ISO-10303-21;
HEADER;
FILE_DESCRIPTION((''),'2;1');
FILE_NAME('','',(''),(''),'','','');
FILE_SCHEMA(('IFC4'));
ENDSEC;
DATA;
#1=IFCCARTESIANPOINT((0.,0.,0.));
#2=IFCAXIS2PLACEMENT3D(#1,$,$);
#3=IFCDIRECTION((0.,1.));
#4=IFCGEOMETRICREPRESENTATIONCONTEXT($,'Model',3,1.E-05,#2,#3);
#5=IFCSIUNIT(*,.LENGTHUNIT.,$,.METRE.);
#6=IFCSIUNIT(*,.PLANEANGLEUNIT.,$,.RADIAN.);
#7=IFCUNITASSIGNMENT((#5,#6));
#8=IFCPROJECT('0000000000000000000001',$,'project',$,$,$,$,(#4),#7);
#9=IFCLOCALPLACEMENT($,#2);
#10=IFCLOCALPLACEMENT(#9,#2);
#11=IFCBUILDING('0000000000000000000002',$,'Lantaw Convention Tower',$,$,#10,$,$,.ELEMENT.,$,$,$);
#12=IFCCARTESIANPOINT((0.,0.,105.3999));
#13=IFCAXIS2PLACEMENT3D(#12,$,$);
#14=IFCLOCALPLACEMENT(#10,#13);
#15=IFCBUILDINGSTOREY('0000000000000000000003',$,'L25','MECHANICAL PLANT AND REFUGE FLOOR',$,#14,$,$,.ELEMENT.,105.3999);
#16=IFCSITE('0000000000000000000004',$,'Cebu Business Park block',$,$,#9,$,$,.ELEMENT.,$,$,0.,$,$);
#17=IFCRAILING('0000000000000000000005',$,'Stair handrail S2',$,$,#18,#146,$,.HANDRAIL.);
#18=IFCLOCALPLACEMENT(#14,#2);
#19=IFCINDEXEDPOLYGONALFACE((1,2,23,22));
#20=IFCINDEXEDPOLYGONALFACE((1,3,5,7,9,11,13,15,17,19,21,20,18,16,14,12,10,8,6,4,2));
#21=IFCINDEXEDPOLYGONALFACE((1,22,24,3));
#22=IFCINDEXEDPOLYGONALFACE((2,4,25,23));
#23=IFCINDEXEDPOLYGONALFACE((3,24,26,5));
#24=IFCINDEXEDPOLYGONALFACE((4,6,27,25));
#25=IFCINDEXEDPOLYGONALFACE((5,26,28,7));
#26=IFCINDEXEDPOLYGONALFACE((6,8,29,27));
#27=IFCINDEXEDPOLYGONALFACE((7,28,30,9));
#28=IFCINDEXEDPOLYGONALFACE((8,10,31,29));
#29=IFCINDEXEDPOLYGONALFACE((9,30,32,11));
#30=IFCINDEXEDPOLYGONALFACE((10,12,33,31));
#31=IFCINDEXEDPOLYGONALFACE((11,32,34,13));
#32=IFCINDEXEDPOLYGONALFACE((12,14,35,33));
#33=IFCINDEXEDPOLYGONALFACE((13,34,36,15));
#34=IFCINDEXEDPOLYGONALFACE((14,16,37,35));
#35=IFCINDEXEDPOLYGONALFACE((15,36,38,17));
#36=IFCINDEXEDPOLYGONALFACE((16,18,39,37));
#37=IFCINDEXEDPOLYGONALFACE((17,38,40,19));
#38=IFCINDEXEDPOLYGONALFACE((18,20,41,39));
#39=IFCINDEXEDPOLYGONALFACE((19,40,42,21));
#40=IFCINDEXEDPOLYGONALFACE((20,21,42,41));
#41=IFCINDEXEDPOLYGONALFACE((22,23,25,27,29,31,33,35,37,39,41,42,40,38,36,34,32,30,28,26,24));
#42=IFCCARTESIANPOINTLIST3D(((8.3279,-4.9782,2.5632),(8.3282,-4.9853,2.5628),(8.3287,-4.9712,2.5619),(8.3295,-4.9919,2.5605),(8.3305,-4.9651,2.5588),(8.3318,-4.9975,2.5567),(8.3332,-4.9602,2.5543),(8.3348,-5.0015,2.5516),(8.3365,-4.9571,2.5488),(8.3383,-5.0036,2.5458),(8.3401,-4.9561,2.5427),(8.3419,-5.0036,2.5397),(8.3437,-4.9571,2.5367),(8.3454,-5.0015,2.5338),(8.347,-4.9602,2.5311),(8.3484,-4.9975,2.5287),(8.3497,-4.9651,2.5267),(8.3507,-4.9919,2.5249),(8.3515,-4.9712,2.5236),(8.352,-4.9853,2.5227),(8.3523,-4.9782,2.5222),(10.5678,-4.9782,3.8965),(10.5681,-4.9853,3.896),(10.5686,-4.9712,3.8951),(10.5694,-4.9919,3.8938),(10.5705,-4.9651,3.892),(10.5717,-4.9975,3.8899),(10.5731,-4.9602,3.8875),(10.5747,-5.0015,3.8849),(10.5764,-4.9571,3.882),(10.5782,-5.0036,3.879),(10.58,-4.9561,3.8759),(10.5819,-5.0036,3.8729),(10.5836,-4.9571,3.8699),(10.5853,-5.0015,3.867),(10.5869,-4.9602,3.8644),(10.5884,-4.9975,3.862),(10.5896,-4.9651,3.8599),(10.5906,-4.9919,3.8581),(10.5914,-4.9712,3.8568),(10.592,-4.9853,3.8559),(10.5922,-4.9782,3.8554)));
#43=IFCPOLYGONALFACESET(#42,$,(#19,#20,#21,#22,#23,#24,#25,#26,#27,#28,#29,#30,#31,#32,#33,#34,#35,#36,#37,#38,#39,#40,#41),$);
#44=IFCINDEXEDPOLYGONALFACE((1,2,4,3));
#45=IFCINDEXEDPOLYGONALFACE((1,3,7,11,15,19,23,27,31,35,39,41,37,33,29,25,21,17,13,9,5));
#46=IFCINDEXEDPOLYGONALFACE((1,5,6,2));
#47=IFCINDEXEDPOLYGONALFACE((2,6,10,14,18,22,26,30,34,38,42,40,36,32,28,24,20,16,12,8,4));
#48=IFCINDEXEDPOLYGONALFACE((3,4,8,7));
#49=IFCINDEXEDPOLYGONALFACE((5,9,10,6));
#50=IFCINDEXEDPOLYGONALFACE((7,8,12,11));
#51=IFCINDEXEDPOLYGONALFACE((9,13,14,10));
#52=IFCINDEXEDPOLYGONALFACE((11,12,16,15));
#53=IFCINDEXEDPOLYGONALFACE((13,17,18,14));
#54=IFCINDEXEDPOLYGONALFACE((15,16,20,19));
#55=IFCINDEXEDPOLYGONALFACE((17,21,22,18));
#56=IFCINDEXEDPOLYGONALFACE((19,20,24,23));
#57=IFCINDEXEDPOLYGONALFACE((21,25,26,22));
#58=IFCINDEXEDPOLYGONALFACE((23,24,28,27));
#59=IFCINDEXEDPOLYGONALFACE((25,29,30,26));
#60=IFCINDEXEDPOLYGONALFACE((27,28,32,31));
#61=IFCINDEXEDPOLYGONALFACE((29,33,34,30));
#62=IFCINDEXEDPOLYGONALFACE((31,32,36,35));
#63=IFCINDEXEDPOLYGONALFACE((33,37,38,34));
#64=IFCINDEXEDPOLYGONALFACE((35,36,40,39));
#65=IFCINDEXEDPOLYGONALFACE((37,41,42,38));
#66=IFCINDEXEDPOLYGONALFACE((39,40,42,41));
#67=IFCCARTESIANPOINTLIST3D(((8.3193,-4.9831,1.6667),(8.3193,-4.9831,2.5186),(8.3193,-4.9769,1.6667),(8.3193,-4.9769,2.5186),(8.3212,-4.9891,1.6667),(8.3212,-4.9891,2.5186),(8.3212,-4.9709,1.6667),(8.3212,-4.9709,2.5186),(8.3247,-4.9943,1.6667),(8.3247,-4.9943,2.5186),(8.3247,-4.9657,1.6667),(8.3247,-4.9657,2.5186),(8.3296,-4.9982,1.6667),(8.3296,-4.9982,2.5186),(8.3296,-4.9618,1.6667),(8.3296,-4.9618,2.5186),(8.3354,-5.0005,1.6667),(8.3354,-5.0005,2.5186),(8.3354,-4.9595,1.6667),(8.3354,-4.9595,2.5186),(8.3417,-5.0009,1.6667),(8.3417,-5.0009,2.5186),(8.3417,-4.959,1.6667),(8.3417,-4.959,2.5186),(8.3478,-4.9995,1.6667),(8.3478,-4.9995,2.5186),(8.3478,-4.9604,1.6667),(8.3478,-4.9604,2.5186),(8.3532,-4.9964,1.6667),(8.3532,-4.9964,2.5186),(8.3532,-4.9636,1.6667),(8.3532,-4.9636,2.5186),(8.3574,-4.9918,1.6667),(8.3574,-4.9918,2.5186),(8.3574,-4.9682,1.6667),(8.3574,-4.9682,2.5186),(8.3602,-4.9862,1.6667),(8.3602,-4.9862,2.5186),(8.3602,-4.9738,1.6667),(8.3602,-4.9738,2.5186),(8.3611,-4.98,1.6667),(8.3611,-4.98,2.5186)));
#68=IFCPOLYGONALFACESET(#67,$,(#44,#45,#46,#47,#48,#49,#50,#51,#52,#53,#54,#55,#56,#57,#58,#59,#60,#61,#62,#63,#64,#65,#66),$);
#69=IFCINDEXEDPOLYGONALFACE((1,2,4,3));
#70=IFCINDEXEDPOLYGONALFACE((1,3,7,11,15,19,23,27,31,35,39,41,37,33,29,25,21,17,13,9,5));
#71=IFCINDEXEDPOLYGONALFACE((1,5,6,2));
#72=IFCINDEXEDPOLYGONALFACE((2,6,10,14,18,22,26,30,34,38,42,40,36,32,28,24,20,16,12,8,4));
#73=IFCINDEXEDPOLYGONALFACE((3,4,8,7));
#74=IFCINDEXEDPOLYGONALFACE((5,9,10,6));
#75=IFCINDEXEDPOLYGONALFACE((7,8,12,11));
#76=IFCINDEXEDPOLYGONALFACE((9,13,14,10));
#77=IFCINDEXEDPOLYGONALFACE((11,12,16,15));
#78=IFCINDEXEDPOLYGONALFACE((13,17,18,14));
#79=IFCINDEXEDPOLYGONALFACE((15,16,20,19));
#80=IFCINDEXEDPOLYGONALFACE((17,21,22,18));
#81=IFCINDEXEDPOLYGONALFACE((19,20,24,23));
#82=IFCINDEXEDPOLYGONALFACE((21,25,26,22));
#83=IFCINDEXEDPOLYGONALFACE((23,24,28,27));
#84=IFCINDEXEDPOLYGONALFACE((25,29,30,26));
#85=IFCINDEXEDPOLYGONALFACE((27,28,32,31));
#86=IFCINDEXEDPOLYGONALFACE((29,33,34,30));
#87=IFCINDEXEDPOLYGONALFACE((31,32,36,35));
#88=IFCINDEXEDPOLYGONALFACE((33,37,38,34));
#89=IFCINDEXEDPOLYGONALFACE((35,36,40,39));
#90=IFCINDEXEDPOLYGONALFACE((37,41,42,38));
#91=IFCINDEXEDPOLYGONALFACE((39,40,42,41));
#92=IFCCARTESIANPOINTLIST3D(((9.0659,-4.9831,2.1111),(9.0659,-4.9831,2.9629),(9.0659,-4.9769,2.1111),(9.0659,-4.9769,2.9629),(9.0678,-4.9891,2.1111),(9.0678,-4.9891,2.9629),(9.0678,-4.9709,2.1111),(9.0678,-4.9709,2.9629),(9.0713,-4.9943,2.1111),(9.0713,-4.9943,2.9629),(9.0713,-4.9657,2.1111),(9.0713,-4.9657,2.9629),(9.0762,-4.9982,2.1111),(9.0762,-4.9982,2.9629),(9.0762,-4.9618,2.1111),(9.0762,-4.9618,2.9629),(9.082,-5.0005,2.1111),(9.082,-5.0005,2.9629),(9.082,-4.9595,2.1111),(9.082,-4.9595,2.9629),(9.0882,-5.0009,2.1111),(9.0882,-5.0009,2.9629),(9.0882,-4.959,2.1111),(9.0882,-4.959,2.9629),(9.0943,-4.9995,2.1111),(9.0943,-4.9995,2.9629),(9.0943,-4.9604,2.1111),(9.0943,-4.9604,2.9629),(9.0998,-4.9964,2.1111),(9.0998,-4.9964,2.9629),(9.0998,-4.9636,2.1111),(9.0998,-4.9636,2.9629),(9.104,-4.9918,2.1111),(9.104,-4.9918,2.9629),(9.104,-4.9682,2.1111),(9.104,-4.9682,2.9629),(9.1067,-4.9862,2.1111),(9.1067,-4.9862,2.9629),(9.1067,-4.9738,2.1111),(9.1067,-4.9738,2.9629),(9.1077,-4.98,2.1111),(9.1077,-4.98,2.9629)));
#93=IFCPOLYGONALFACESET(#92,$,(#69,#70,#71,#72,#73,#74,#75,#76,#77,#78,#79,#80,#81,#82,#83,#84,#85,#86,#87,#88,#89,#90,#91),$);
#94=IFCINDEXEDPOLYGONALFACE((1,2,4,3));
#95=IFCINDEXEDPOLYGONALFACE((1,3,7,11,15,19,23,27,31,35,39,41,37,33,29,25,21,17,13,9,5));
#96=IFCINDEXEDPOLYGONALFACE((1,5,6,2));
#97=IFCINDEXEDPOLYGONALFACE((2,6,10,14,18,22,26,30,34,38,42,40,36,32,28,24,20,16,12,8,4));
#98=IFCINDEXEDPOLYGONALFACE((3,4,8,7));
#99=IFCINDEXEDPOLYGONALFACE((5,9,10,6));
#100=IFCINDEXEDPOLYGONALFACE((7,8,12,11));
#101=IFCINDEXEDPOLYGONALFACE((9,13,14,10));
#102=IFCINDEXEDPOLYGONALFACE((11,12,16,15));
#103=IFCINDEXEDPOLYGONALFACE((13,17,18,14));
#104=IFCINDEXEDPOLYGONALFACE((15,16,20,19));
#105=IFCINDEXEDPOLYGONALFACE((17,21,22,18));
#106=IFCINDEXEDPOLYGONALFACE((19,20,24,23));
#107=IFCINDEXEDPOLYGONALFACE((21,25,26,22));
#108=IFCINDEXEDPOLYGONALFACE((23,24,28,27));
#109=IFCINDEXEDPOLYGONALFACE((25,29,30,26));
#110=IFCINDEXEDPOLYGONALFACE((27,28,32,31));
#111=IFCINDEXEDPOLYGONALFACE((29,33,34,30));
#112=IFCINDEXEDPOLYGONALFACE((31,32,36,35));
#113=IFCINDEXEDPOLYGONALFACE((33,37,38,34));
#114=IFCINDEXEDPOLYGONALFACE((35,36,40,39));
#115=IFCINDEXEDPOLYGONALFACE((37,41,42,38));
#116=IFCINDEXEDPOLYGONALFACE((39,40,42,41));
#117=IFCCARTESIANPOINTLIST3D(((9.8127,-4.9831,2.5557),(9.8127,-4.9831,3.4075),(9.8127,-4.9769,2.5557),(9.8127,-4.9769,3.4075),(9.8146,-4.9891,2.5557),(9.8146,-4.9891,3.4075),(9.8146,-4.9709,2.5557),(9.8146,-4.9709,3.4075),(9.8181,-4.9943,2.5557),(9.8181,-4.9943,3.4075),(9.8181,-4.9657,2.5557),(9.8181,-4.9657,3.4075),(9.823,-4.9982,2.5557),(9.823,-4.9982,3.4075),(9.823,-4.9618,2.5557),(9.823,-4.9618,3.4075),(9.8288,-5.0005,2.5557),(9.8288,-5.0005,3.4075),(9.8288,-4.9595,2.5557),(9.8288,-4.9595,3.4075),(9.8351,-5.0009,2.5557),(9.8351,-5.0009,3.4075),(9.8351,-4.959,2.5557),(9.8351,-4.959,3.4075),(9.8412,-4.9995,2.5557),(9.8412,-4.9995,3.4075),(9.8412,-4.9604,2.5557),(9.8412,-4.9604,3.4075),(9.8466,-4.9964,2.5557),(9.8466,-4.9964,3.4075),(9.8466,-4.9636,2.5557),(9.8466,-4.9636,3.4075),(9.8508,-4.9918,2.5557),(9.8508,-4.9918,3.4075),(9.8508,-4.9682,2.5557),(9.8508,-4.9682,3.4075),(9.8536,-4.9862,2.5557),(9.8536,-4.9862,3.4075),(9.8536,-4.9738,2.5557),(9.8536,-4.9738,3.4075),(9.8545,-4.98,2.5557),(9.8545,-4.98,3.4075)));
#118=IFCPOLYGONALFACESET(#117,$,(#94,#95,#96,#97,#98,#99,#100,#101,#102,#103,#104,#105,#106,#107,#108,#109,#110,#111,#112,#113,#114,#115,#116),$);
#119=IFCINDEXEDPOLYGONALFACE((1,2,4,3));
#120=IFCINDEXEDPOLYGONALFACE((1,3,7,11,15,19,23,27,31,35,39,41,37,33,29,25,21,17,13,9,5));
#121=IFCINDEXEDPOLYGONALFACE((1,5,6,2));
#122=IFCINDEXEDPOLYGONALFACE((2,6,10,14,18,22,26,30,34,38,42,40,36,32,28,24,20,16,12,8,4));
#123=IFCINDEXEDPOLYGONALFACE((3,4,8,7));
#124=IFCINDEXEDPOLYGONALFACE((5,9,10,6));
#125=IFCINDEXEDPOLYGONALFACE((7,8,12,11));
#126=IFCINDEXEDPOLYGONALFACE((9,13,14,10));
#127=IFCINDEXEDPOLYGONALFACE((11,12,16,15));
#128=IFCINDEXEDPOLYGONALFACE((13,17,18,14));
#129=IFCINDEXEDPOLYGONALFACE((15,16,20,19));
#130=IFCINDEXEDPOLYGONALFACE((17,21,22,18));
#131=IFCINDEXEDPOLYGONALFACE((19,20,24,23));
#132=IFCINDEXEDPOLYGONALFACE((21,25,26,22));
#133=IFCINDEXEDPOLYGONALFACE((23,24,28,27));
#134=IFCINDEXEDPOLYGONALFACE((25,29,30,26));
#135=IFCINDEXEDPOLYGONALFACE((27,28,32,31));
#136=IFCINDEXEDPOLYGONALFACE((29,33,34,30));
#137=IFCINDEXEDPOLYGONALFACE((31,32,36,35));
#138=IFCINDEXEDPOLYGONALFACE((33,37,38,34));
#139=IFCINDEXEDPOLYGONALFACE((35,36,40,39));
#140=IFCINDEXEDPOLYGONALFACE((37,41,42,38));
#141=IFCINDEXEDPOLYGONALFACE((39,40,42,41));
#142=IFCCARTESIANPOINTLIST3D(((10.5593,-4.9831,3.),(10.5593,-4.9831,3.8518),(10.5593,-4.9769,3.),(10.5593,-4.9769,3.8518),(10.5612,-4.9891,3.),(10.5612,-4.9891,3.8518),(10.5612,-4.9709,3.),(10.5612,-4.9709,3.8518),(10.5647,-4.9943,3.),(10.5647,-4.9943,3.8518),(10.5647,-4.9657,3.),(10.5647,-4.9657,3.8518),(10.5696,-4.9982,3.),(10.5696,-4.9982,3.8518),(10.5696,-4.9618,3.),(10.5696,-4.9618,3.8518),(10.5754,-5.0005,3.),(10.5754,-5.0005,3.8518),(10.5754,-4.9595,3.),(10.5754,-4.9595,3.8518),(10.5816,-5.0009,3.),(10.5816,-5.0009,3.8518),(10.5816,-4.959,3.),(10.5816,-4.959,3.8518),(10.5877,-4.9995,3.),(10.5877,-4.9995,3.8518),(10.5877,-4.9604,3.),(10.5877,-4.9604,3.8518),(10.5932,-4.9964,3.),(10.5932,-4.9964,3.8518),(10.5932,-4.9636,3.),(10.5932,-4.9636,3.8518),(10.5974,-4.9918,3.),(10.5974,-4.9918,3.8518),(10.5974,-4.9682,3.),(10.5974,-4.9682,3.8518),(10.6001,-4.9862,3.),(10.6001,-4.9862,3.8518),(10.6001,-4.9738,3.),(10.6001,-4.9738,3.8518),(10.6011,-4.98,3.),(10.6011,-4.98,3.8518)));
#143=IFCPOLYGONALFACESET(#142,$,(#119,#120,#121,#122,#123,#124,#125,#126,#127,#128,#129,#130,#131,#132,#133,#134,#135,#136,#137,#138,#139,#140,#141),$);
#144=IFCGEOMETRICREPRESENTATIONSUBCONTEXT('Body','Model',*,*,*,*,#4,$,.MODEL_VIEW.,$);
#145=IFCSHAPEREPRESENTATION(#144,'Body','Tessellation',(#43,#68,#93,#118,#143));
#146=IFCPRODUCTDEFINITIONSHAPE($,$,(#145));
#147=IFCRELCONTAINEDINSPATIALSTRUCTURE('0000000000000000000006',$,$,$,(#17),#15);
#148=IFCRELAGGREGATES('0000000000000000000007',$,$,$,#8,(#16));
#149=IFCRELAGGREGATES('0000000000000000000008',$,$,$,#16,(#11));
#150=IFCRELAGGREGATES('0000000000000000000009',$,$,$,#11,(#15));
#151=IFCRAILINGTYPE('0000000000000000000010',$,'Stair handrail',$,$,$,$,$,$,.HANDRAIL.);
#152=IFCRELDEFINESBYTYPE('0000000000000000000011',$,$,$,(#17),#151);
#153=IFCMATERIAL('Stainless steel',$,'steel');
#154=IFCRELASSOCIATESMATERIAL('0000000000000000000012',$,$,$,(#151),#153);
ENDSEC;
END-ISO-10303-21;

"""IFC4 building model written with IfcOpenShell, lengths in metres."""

from ifc_helpers import new_model, si_unit, direction, frame, origin, origin_2d, place, context, subcontext, project, spatial, circle, extrude, material, type_object, element, save


model = new_model("IFC4")

# Units and contexts
model_context = context("Model", 3, precision=1e-05, world=origin(), true_north=direction((0.0, 1.0)))
body_context = subcontext(model_context, "Body", "Model", "MODEL_VIEW")
ifc_project = project(units=[si_unit("LENGTHUNIT", "METRE"), si_unit("PLANEANGLEUNIT", "RADIAN")], contexts=[model_context])

# Site, building, storey
site_placement = place(None, origin())
site = spatial("IfcSite", under=ifc_project, at=site_placement, Name="Cebu Business Park block", CompositionType="ELEMENT", RefElevation=0.0)
building_placement = place(site_placement, origin())
building = spatial("IfcBuilding", under=site, at=building_placement, Name="Lantaw Convention Tower", CompositionType="ELEMENT")
storey_placement = place(building_placement, frame((0.0, 0.0, 105.3999)))
storey = spatial("IfcBuildingStorey", under=building, at=storey_placement, Name="L25", Description="MECHANICAL PLANT AND REFUGE FLOOR", CompositionType="ELEMENT", Elevation=105.3999)

# Railing
ifc_material_1 = material(Name="Stainless steel", Category="steel")
railing_type = type_object("IfcRailingType", Name="Stair handrail", PredefinedType="HANDRAIL", material=ifc_material_1)
railing_1_placement = place(storey_placement, frame((8.3401, -4.98, 1.6667)))
element("IfcRailing", 1, at=railing_1_placement, inside=storey, type_object=railing_type, Name="Stair handrail S2", PredefinedType="HANDRAIL", context=body_context, shape_type="SweptSolid", body=[
    extrude(circle(Radius=0.0239, at=origin_2d()), frame((0.0, 0.0, 0.876), z_axis=(0.859306, 0.0, 0.511462), x_axis=(0.0, 1.0, 0.0)), (0.0, 0.0, 1.0), 2.6067),
    extrude(circle(Radius=0.021, at=origin_2d()), origin(), (0.0, 0.0, 1.0), 0.8518),
    extrude(circle(Radius=0.021, at=origin_2d()), frame((0.7466, 0.0, 0.4443)), (0.0, 0.0, 1.0), 0.8518),
    extrude(circle(Radius=0.021, at=origin_2d()), frame((1.4934, 0.0, 0.8889)), (0.0, 0.0, 1.0), 0.8518),
    extrude(circle(Radius=0.021, at=origin_2d()), frame((2.24, 0.0, 1.3333)), (0.0, 0.0, 1.0), 0.8518),
])

save(model, "model.ifc")
